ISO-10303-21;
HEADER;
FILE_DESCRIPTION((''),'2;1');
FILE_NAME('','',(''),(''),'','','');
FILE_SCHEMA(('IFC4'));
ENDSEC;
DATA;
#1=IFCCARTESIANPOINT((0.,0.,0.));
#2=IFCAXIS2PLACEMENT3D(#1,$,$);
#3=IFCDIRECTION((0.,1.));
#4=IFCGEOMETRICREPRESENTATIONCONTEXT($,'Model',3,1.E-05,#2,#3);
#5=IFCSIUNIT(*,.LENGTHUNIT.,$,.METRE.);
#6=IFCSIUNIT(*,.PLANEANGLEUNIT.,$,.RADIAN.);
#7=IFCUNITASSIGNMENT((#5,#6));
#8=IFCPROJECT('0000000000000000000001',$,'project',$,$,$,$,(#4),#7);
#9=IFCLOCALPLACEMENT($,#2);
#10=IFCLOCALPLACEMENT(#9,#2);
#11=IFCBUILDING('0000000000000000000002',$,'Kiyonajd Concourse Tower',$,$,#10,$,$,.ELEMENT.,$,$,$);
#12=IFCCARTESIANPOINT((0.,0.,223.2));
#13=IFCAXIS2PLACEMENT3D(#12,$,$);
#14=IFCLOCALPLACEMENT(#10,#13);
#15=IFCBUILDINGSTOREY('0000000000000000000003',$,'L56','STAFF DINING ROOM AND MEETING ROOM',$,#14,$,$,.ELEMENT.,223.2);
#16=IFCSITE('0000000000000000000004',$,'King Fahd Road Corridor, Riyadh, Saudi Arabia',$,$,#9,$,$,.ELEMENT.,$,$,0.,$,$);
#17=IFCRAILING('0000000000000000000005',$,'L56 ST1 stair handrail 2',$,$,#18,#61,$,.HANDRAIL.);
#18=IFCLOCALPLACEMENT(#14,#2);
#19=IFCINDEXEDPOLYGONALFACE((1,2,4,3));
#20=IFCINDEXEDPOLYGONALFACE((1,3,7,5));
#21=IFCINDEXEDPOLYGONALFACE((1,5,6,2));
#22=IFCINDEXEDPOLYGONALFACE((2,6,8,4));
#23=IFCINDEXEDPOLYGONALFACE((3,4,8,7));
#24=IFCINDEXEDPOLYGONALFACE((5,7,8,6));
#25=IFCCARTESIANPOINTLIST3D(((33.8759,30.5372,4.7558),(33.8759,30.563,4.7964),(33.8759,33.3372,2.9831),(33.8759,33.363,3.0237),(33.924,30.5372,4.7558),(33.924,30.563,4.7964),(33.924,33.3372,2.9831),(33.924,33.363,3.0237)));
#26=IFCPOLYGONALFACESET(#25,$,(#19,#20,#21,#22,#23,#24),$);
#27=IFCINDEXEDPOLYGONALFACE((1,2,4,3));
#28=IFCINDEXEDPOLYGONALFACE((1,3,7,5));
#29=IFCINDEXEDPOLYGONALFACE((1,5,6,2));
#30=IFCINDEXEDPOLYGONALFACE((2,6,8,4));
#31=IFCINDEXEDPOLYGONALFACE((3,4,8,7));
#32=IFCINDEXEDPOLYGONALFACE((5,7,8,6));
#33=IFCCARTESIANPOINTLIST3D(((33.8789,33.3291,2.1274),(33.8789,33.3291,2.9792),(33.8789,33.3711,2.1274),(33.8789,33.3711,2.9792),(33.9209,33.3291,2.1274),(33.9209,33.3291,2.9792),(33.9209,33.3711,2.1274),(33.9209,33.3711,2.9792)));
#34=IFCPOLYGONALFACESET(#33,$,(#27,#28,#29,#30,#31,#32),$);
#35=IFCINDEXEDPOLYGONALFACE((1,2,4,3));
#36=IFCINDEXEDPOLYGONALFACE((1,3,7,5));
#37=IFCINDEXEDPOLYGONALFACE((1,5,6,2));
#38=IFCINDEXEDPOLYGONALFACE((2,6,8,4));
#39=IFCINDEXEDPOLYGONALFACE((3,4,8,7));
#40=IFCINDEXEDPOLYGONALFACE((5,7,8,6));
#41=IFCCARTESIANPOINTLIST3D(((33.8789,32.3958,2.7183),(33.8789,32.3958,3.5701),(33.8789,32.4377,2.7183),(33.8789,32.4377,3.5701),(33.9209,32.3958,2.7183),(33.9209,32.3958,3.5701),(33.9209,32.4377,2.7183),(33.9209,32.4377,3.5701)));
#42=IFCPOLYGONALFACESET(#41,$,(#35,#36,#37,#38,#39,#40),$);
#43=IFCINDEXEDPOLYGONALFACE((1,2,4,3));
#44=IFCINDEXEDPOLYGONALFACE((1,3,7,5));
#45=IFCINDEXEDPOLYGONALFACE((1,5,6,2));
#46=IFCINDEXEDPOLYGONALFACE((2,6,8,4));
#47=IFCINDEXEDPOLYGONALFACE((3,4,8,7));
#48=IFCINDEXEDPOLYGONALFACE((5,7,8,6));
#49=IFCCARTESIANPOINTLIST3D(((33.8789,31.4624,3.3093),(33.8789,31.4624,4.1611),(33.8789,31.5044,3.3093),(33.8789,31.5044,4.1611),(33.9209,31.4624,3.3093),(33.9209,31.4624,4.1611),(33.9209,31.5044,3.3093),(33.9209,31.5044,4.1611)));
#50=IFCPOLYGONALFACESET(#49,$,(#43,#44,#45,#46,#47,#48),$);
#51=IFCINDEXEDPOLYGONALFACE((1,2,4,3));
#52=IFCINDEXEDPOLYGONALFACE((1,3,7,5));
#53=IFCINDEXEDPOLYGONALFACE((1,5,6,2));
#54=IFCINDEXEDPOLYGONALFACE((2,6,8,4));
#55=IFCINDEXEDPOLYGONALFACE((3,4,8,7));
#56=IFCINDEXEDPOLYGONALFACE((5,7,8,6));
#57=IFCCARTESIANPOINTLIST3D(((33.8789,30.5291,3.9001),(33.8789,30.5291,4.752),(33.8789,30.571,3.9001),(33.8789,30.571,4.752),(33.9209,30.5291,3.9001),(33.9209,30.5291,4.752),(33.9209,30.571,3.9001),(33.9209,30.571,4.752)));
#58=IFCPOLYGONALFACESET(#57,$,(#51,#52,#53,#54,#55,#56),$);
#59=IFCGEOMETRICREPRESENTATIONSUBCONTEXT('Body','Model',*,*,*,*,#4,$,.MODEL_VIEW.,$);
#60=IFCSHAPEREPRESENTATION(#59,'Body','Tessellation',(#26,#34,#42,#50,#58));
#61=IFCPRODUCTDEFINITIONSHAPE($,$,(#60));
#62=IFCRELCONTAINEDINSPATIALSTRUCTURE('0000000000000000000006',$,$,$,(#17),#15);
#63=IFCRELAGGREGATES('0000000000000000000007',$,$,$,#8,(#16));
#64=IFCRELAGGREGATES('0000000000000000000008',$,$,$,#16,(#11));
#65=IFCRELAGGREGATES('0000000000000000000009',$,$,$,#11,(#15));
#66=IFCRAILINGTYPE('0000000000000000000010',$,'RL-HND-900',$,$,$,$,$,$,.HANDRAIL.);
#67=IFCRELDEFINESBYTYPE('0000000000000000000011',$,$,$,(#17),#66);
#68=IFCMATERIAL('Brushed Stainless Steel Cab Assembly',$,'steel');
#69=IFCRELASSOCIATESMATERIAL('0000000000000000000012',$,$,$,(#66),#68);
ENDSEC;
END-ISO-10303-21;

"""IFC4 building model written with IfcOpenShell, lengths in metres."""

from ifc_helpers import new_model, si_unit, direction, frame, origin, origin_2d, place, context, subcontext, project, spatial, rectangle, extrude, material, type_object, element, save


model = new_model("IFC4")

# Units and contexts
model_context = context("Model", 3, precision=1e-05, world=origin(), true_north=direction((0.0, 1.0)))
body_context = subcontext(model_context, "Body", "Model", "MODEL_VIEW")
ifc_project = project(units=[si_unit("LENGTHUNIT", "METRE"), si_unit("PLANEANGLEUNIT", "RADIAN")], contexts=[model_context])

# Site, building, storey
site_placement = place(None, origin())
site = spatial("IfcSite", under=ifc_project, at=site_placement, Name="King Fahd Road Corridor, Riyadh, Saudi Arabia", CompositionType="ELEMENT", RefElevation=0.0)
building_placement = place(site_placement, origin())
building = spatial("IfcBuilding", under=site, at=building_placement, Name="Kiyonajd Concourse Tower", CompositionType="ELEMENT")
storey_placement = place(building_placement, frame((0.0, 0.0, 223.2)))
storey = spatial("IfcBuildingStorey", under=building, at=storey_placement, Name="L56", Description="STAFF DINING ROOM AND MEETING ROOM", CompositionType="ELEMENT", Elevation=223.2)

# Shared definitions
ifc_material_1 = material(Name="Brushed Stainless Steel Cab Assembly", Category="steel")

# Railing
railing_type_1 = type_object("IfcRailingType", Name="RL-HND-900", PredefinedType="HANDRAIL", material=ifc_material_1)
railing_1_placement = place(storey_placement, frame((33.8999, 33.3501, 2.1274)))
element("IfcRailing", 1, at=railing_1_placement, inside=storey, type_object=railing_type_1, Name="L56 ST1 stair handrail 2", PredefinedType="HANDRAIL", context=body_context, shape_type="SweptSolid", body=[
    extrude(rectangle(XDim=0.0481, YDim=0.0481, at=origin_2d()), frame((0.0, 0.0, 0.876), z_axis=(0.0, -0.844909, 0.53491), x_axis=(1.0, 0.0, 0.0)), (0.0, 0.0, 1.0), 3.314),
    extrude(rectangle(XDim=0.042, YDim=0.042, at=origin_2d()), origin(), (0.0, 0.0, 1.0), 0.8518),
    extrude(rectangle(XDim=0.042, YDim=0.042, at=origin_2d()), frame((0.0, -0.9333, 0.5908)), (0.0, 0.0, 1.0), 0.8518),
    extrude(rectangle(XDim=0.042, YDim=0.042, at=origin_2d()), frame((0.0, -1.8667, 1.1819)), (0.0, 0.0, 1.0), 0.8518),
    extrude(rectangle(XDim=0.042, YDim=0.042, at=origin_2d()), frame((0.0, -2.8, 1.7727)), (0.0, 0.0, 1.0), 0.8518),
])

save(model, "model.ifc")
